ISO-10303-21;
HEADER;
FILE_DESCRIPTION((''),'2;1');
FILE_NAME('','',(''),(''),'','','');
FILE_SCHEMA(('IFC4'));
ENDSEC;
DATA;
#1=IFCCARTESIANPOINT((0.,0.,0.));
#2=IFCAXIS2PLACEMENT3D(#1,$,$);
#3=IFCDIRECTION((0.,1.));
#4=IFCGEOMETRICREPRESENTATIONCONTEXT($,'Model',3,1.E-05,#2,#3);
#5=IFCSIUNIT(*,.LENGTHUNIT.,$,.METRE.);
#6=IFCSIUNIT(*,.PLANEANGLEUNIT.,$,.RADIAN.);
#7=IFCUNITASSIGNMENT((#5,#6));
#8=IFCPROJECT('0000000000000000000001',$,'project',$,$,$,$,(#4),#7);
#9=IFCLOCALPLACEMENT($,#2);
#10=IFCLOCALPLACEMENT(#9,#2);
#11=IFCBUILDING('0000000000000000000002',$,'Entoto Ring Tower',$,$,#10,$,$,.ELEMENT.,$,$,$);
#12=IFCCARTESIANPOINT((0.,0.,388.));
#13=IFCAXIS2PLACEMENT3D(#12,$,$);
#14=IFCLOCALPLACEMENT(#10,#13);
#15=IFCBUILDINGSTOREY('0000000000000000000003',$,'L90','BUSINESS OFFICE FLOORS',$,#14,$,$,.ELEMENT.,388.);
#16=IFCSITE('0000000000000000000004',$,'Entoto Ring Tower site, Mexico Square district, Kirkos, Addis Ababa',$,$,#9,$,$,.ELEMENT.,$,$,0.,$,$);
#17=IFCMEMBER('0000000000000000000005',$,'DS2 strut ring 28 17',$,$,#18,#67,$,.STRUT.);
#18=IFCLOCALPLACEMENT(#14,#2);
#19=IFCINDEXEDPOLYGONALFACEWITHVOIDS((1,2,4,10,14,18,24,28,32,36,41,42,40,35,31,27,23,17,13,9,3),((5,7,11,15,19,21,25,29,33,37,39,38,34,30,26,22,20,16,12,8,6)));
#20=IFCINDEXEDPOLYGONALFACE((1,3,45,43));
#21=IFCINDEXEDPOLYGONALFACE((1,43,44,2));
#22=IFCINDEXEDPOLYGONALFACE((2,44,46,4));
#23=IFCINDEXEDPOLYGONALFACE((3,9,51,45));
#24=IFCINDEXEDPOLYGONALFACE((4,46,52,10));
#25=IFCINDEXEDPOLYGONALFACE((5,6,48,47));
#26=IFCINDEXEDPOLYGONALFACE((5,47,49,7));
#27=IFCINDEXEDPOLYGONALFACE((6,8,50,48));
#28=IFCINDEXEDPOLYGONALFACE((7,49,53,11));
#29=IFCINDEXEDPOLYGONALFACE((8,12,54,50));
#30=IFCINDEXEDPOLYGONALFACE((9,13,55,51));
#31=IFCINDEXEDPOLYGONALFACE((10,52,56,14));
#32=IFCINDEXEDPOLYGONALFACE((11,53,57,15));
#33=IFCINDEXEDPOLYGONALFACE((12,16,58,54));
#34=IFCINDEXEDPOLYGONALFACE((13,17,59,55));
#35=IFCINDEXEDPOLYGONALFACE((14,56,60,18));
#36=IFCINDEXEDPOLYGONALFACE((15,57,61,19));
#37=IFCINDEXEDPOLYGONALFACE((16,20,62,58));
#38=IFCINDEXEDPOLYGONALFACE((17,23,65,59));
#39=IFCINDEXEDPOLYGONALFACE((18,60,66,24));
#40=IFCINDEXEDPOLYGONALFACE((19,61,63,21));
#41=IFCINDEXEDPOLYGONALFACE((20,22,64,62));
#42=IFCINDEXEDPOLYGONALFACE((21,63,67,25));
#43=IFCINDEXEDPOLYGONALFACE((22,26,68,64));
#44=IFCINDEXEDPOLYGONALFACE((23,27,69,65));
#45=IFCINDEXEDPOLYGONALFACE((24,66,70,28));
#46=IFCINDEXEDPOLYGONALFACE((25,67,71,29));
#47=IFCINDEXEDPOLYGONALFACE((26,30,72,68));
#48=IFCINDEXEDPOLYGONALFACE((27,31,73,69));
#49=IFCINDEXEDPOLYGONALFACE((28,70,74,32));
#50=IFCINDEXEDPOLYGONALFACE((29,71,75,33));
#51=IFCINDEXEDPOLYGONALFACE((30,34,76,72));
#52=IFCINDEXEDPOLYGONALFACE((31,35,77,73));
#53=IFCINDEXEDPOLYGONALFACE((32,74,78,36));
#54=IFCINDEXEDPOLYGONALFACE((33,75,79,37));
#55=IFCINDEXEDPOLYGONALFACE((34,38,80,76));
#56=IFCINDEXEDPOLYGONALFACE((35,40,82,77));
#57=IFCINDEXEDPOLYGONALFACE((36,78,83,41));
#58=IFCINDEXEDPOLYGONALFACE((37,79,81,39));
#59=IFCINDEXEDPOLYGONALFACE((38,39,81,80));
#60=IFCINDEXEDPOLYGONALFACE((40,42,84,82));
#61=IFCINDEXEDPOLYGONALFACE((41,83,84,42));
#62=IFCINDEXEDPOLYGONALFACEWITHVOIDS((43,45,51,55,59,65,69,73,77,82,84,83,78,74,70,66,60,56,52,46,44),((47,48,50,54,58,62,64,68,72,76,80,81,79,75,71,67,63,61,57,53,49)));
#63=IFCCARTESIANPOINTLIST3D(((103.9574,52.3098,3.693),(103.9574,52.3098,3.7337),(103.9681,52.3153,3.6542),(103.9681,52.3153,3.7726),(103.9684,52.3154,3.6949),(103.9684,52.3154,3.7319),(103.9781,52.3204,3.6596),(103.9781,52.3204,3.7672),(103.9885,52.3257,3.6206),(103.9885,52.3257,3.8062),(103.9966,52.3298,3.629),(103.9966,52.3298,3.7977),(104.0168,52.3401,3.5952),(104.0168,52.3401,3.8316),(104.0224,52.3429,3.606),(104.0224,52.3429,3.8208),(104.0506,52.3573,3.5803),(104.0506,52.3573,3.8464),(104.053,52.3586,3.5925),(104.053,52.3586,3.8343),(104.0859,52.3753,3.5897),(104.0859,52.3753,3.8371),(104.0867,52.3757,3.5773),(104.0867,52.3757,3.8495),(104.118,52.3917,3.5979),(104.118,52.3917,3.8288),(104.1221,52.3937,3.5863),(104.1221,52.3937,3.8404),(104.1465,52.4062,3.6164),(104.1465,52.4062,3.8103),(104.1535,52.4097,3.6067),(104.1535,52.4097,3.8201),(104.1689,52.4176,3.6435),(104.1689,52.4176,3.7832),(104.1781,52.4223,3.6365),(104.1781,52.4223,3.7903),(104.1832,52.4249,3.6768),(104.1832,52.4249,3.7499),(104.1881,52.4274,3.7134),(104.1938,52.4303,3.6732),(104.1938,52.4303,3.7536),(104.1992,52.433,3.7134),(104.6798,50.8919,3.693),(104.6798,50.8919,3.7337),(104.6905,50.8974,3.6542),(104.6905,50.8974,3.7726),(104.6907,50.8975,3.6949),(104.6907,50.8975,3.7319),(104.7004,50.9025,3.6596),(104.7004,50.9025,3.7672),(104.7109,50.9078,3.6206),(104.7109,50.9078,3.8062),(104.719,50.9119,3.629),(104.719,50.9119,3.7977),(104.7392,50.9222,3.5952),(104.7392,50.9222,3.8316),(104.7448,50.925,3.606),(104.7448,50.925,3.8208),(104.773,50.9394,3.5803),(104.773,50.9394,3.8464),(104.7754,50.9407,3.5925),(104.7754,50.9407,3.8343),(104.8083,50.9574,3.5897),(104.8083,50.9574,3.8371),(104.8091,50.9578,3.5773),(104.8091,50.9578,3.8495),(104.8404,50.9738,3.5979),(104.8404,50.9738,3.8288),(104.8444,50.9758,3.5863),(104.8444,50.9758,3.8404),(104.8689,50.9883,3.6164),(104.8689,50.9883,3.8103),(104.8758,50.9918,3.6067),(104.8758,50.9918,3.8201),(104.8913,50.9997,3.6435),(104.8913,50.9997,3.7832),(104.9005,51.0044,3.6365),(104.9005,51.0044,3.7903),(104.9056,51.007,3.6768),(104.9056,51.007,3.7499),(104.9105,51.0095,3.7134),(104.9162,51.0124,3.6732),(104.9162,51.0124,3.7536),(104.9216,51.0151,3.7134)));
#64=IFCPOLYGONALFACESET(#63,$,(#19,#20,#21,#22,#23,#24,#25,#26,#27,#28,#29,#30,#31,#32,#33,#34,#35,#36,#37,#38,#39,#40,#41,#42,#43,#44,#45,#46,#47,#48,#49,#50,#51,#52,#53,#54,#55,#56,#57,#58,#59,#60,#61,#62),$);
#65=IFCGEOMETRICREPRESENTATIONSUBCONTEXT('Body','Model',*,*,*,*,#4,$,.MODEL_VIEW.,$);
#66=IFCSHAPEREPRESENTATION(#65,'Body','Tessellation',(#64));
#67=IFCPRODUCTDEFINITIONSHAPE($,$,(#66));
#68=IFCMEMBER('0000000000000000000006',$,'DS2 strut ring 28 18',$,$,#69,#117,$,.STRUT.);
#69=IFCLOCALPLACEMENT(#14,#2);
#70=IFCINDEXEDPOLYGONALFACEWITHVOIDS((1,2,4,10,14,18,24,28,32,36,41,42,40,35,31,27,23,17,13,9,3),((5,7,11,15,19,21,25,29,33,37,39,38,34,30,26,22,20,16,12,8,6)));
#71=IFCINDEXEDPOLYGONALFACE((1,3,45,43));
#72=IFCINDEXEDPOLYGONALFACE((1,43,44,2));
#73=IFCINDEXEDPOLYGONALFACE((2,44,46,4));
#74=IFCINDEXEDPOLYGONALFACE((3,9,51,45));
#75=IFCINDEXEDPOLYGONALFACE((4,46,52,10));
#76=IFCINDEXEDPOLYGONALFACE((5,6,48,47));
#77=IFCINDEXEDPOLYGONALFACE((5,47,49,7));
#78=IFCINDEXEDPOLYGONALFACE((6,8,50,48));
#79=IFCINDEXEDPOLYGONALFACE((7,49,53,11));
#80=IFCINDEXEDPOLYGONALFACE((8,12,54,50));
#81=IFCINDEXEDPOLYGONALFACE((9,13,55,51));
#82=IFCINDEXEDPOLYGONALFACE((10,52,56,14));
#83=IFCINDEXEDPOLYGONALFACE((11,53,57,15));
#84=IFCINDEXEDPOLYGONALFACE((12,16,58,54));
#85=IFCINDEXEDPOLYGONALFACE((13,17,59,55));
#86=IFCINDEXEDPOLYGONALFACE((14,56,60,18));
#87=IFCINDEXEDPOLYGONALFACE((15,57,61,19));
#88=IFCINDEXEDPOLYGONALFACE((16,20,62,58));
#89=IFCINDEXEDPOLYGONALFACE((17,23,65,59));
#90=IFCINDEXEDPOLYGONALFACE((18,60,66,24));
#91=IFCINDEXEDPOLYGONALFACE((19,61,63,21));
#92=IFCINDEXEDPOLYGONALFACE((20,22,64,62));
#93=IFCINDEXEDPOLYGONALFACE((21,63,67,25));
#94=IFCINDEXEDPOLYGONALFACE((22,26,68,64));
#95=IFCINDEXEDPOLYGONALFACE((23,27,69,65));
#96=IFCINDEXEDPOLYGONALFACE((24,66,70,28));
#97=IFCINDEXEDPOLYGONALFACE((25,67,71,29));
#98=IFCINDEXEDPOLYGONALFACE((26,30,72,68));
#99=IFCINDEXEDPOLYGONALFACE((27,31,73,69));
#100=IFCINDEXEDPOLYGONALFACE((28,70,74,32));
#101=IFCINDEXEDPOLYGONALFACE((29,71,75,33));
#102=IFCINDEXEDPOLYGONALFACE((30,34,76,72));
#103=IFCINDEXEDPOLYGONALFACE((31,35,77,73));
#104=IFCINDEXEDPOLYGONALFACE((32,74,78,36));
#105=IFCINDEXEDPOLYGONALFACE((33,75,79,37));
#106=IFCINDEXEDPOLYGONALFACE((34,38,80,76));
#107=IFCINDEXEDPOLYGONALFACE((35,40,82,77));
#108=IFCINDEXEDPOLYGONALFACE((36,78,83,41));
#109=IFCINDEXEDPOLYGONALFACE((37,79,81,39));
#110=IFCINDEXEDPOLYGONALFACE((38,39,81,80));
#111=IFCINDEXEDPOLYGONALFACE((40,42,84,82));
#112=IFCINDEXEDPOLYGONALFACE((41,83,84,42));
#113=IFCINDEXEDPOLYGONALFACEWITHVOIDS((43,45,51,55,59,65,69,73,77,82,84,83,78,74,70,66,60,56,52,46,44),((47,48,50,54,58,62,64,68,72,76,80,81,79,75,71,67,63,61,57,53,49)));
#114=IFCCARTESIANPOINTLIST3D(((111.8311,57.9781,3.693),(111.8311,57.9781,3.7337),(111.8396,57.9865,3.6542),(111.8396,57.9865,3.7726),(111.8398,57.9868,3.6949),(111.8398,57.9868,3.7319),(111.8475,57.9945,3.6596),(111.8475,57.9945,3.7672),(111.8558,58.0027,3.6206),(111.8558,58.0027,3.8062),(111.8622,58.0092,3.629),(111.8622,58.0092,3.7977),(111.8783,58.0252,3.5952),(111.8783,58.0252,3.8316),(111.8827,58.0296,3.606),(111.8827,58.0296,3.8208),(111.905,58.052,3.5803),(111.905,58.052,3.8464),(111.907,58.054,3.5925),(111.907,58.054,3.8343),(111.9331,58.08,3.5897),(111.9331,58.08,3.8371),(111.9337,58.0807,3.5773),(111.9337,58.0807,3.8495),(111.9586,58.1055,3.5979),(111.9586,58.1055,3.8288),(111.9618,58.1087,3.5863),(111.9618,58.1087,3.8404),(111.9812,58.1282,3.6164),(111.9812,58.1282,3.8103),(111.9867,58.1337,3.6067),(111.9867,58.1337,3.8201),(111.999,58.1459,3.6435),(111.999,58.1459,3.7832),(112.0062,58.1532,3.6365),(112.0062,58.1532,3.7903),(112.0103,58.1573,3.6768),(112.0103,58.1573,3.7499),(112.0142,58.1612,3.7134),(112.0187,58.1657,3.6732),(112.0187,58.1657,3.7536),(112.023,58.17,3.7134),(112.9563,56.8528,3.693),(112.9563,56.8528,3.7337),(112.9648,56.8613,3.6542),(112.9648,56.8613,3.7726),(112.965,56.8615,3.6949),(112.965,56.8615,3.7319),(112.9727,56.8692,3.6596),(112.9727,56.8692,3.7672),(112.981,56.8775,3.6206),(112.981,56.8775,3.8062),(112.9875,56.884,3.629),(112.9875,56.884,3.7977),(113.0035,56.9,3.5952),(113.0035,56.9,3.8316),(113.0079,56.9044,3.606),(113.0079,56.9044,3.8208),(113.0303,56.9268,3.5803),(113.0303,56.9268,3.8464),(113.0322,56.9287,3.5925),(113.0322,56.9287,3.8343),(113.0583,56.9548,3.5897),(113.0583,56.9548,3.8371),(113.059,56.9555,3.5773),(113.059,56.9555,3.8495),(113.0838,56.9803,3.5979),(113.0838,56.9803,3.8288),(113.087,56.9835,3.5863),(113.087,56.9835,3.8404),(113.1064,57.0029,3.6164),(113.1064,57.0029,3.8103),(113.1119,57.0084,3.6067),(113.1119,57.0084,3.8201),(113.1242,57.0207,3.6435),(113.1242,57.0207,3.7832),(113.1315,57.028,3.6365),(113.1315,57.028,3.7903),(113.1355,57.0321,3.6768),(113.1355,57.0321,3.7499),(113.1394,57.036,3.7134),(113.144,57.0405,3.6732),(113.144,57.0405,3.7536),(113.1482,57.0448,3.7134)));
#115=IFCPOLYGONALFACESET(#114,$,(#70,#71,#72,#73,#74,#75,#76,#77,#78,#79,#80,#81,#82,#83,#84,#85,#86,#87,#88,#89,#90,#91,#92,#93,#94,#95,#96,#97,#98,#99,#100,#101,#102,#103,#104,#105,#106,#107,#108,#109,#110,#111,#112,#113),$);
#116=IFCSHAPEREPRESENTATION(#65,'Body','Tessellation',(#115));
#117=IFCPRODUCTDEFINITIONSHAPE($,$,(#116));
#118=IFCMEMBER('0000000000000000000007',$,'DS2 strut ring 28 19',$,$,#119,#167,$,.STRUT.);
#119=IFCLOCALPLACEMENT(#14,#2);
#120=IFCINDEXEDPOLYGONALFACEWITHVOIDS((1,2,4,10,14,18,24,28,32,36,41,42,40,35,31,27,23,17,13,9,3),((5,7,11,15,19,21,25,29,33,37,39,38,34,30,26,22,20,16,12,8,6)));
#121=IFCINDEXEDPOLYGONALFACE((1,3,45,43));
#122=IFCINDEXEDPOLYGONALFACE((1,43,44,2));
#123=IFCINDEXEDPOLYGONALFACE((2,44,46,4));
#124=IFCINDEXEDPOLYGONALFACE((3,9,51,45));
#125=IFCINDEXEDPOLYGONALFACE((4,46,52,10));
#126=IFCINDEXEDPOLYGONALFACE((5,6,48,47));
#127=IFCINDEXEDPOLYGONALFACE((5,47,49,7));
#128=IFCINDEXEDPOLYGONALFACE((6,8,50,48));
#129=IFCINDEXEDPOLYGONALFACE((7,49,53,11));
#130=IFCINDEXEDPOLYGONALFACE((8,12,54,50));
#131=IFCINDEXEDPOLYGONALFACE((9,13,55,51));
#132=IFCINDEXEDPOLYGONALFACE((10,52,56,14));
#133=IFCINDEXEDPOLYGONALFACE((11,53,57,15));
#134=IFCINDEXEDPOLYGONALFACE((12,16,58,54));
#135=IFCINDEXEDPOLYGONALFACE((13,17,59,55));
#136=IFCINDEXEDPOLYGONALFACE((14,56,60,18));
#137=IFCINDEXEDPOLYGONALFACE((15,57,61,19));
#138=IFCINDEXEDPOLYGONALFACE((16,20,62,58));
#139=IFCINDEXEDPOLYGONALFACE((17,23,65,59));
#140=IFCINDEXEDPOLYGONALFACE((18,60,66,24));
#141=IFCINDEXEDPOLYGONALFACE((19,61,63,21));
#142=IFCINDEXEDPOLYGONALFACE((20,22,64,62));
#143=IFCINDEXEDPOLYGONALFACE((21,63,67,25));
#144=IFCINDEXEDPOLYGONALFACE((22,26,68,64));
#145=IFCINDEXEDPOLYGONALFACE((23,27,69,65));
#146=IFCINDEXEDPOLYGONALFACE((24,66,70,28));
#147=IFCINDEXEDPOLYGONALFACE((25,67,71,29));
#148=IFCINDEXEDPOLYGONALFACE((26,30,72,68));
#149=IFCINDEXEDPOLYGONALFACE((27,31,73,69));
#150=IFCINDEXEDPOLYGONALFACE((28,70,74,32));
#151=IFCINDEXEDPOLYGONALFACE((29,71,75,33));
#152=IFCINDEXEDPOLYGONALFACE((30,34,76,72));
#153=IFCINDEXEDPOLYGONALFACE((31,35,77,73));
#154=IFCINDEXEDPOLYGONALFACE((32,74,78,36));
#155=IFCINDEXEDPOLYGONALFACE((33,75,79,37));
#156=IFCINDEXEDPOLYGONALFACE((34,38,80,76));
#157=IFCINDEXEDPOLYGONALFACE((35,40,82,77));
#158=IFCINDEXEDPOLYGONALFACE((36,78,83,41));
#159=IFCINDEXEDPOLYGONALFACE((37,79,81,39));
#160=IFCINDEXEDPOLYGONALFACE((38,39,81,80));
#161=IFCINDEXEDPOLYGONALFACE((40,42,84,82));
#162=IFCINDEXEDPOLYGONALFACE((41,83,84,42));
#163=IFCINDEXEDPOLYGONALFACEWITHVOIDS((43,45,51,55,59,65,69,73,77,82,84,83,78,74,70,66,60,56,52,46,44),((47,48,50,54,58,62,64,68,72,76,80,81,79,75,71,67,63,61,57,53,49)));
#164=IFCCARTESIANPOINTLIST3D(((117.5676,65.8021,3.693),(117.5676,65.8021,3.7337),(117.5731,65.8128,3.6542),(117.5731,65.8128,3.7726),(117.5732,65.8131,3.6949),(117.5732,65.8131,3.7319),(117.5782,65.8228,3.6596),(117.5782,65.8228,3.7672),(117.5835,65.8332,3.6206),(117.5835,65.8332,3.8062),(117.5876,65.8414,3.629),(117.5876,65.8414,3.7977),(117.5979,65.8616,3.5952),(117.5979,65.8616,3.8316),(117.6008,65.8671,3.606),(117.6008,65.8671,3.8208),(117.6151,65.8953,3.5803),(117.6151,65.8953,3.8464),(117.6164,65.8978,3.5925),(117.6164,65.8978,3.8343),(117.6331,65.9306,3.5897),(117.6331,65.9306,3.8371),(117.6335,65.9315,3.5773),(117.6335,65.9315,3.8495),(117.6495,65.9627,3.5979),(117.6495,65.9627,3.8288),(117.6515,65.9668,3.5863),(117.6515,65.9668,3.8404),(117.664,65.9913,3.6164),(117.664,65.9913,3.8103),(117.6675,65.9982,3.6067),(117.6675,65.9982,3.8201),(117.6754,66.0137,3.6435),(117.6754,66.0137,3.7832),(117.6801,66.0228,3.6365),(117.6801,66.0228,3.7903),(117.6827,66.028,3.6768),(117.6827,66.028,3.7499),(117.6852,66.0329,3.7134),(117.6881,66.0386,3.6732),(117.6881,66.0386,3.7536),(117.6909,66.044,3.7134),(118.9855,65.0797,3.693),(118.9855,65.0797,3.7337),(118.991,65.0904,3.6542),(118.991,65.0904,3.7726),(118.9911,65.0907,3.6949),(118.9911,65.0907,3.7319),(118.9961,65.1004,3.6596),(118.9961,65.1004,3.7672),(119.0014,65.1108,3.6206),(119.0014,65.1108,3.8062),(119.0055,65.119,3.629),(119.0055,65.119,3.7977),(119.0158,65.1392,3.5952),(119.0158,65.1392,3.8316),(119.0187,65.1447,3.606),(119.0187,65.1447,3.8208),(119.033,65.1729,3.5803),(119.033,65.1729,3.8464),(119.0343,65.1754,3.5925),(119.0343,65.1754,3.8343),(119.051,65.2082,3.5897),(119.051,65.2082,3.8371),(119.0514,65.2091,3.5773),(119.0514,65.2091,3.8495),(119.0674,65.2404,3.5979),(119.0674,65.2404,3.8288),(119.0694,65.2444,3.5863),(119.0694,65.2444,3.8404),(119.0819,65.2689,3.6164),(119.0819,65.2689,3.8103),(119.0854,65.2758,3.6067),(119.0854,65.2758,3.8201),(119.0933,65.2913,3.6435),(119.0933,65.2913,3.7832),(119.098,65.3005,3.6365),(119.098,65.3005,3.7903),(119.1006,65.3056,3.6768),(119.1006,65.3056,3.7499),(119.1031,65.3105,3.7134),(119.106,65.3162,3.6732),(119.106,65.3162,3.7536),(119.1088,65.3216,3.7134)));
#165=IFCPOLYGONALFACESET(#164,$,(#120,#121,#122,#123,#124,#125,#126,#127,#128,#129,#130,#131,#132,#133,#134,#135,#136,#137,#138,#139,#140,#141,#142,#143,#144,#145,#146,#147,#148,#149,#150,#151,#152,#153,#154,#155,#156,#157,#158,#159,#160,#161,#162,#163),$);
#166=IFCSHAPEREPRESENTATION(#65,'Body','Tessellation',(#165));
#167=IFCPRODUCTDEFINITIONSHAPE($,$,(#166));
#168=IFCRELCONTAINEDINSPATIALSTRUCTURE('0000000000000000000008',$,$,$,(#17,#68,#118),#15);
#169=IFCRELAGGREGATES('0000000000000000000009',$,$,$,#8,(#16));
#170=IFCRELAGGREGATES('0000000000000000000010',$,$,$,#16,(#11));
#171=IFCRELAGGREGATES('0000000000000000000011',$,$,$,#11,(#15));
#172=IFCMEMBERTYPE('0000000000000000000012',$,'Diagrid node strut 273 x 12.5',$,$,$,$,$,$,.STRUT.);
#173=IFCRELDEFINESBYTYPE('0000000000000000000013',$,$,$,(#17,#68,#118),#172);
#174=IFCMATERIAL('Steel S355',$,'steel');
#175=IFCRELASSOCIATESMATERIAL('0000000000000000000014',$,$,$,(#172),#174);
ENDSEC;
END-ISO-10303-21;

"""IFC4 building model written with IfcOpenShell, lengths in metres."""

from ifc_helpers import new_model, si_unit, direction, frame, origin, origin_2d, place, context, subcontext, project, spatial, circle, hollow_circle, extrude, material, material_profile, profile_set, type_object, element, save


model = new_model("IFC4")

# Units and contexts
model_context = context("Model", 3, precision=1e-05, world=origin(), true_north=direction((0.0, 1.0)))
body_context = subcontext(model_context, "Body", "Model", "MODEL_VIEW")
ifc_project = project(units=[si_unit("LENGTHUNIT", "METRE"), si_unit("PLANEANGLEUNIT", "RADIAN")], contexts=[model_context])

# Site, building, storey
site_placement = place(None, origin())
site = spatial("IfcSite", under=ifc_project, at=site_placement, Name="Entoto Ring Tower site, Mexico Square district, Kirkos, Addis Ababa", CompositionType="ELEMENT", RefElevation=0.0)
building_placement = place(site_placement, origin())
building = spatial("IfcBuilding", under=site, at=building_placement, Name="Entoto Ring Tower", CompositionType="ELEMENT")
storey_placement = place(building_placement, frame((0.0, 0.0, 388.0)))
storey = spatial("IfcBuildingStorey", under=building, at=storey_placement, Name="L90", Description="BUSINESS OFFICE FLOORS", CompositionType="ELEMENT", Elevation=388.0)

# Members
ifc_material_1 = material(Name="Steel S355", Category="steel")
ifc_material_profile_1 = material_profile(ifc_material_1, hollow_circle(Radius=0.1365, WallThickness=0.0125, at=origin_2d()), Name="CHS 273 x 12.5")
ifc_material_2 = material(Name="Concrete C60/75", Category="concrete")
ifc_material_profile_2 = material_profile(ifc_material_2, circle(Radius=0.124, at=origin_2d()), Name="Concrete C60/75 infill")
ifc_profile_set_1 = profile_set([ifc_material_profile_1, ifc_material_profile_2], Name="Steel S355")
member_type = type_object("IfcMemberType", Name="Diagrid node strut 273 x 12.5", PredefinedType="STRUT", material=ifc_profile_set_1)
for number, where, z_axis, x_axis, name in (
    (1, (104.0776, 52.3711, 3.7134), (0.453951, -0.891027, 0.0), (0.891027, 0.453951, 0.0), "DS2 strut ring 28 17"),
    (2, (111.9265, 58.0735, 3.7134), (0.707107, -0.707107, 0.0), (0.707107, 0.707107, 0.0), "DS2 strut ring 28 18"),
    (3, (117.6289, 65.9224, 3.7134), (0.891027, -0.453951, 0.0), (0.453951, 0.891027, 0.0), "DS2 strut ring 28 19"),
):
    element("IfcMember", number, at=place(storey_placement, frame(where, z_axis=z_axis, x_axis=x_axis)), inside=storey, type_object=member_type, Name=name, PredefinedType="STRUT", context=body_context, shape_type="SweptSolid", body=[
        extrude(hollow_circle(Radius=0.1365, WallThickness=0.0125, at=origin_2d()), origin(), (0.0, 0.0, 1.0), 1.5913),
    ])

save(model, "model.ifc")
